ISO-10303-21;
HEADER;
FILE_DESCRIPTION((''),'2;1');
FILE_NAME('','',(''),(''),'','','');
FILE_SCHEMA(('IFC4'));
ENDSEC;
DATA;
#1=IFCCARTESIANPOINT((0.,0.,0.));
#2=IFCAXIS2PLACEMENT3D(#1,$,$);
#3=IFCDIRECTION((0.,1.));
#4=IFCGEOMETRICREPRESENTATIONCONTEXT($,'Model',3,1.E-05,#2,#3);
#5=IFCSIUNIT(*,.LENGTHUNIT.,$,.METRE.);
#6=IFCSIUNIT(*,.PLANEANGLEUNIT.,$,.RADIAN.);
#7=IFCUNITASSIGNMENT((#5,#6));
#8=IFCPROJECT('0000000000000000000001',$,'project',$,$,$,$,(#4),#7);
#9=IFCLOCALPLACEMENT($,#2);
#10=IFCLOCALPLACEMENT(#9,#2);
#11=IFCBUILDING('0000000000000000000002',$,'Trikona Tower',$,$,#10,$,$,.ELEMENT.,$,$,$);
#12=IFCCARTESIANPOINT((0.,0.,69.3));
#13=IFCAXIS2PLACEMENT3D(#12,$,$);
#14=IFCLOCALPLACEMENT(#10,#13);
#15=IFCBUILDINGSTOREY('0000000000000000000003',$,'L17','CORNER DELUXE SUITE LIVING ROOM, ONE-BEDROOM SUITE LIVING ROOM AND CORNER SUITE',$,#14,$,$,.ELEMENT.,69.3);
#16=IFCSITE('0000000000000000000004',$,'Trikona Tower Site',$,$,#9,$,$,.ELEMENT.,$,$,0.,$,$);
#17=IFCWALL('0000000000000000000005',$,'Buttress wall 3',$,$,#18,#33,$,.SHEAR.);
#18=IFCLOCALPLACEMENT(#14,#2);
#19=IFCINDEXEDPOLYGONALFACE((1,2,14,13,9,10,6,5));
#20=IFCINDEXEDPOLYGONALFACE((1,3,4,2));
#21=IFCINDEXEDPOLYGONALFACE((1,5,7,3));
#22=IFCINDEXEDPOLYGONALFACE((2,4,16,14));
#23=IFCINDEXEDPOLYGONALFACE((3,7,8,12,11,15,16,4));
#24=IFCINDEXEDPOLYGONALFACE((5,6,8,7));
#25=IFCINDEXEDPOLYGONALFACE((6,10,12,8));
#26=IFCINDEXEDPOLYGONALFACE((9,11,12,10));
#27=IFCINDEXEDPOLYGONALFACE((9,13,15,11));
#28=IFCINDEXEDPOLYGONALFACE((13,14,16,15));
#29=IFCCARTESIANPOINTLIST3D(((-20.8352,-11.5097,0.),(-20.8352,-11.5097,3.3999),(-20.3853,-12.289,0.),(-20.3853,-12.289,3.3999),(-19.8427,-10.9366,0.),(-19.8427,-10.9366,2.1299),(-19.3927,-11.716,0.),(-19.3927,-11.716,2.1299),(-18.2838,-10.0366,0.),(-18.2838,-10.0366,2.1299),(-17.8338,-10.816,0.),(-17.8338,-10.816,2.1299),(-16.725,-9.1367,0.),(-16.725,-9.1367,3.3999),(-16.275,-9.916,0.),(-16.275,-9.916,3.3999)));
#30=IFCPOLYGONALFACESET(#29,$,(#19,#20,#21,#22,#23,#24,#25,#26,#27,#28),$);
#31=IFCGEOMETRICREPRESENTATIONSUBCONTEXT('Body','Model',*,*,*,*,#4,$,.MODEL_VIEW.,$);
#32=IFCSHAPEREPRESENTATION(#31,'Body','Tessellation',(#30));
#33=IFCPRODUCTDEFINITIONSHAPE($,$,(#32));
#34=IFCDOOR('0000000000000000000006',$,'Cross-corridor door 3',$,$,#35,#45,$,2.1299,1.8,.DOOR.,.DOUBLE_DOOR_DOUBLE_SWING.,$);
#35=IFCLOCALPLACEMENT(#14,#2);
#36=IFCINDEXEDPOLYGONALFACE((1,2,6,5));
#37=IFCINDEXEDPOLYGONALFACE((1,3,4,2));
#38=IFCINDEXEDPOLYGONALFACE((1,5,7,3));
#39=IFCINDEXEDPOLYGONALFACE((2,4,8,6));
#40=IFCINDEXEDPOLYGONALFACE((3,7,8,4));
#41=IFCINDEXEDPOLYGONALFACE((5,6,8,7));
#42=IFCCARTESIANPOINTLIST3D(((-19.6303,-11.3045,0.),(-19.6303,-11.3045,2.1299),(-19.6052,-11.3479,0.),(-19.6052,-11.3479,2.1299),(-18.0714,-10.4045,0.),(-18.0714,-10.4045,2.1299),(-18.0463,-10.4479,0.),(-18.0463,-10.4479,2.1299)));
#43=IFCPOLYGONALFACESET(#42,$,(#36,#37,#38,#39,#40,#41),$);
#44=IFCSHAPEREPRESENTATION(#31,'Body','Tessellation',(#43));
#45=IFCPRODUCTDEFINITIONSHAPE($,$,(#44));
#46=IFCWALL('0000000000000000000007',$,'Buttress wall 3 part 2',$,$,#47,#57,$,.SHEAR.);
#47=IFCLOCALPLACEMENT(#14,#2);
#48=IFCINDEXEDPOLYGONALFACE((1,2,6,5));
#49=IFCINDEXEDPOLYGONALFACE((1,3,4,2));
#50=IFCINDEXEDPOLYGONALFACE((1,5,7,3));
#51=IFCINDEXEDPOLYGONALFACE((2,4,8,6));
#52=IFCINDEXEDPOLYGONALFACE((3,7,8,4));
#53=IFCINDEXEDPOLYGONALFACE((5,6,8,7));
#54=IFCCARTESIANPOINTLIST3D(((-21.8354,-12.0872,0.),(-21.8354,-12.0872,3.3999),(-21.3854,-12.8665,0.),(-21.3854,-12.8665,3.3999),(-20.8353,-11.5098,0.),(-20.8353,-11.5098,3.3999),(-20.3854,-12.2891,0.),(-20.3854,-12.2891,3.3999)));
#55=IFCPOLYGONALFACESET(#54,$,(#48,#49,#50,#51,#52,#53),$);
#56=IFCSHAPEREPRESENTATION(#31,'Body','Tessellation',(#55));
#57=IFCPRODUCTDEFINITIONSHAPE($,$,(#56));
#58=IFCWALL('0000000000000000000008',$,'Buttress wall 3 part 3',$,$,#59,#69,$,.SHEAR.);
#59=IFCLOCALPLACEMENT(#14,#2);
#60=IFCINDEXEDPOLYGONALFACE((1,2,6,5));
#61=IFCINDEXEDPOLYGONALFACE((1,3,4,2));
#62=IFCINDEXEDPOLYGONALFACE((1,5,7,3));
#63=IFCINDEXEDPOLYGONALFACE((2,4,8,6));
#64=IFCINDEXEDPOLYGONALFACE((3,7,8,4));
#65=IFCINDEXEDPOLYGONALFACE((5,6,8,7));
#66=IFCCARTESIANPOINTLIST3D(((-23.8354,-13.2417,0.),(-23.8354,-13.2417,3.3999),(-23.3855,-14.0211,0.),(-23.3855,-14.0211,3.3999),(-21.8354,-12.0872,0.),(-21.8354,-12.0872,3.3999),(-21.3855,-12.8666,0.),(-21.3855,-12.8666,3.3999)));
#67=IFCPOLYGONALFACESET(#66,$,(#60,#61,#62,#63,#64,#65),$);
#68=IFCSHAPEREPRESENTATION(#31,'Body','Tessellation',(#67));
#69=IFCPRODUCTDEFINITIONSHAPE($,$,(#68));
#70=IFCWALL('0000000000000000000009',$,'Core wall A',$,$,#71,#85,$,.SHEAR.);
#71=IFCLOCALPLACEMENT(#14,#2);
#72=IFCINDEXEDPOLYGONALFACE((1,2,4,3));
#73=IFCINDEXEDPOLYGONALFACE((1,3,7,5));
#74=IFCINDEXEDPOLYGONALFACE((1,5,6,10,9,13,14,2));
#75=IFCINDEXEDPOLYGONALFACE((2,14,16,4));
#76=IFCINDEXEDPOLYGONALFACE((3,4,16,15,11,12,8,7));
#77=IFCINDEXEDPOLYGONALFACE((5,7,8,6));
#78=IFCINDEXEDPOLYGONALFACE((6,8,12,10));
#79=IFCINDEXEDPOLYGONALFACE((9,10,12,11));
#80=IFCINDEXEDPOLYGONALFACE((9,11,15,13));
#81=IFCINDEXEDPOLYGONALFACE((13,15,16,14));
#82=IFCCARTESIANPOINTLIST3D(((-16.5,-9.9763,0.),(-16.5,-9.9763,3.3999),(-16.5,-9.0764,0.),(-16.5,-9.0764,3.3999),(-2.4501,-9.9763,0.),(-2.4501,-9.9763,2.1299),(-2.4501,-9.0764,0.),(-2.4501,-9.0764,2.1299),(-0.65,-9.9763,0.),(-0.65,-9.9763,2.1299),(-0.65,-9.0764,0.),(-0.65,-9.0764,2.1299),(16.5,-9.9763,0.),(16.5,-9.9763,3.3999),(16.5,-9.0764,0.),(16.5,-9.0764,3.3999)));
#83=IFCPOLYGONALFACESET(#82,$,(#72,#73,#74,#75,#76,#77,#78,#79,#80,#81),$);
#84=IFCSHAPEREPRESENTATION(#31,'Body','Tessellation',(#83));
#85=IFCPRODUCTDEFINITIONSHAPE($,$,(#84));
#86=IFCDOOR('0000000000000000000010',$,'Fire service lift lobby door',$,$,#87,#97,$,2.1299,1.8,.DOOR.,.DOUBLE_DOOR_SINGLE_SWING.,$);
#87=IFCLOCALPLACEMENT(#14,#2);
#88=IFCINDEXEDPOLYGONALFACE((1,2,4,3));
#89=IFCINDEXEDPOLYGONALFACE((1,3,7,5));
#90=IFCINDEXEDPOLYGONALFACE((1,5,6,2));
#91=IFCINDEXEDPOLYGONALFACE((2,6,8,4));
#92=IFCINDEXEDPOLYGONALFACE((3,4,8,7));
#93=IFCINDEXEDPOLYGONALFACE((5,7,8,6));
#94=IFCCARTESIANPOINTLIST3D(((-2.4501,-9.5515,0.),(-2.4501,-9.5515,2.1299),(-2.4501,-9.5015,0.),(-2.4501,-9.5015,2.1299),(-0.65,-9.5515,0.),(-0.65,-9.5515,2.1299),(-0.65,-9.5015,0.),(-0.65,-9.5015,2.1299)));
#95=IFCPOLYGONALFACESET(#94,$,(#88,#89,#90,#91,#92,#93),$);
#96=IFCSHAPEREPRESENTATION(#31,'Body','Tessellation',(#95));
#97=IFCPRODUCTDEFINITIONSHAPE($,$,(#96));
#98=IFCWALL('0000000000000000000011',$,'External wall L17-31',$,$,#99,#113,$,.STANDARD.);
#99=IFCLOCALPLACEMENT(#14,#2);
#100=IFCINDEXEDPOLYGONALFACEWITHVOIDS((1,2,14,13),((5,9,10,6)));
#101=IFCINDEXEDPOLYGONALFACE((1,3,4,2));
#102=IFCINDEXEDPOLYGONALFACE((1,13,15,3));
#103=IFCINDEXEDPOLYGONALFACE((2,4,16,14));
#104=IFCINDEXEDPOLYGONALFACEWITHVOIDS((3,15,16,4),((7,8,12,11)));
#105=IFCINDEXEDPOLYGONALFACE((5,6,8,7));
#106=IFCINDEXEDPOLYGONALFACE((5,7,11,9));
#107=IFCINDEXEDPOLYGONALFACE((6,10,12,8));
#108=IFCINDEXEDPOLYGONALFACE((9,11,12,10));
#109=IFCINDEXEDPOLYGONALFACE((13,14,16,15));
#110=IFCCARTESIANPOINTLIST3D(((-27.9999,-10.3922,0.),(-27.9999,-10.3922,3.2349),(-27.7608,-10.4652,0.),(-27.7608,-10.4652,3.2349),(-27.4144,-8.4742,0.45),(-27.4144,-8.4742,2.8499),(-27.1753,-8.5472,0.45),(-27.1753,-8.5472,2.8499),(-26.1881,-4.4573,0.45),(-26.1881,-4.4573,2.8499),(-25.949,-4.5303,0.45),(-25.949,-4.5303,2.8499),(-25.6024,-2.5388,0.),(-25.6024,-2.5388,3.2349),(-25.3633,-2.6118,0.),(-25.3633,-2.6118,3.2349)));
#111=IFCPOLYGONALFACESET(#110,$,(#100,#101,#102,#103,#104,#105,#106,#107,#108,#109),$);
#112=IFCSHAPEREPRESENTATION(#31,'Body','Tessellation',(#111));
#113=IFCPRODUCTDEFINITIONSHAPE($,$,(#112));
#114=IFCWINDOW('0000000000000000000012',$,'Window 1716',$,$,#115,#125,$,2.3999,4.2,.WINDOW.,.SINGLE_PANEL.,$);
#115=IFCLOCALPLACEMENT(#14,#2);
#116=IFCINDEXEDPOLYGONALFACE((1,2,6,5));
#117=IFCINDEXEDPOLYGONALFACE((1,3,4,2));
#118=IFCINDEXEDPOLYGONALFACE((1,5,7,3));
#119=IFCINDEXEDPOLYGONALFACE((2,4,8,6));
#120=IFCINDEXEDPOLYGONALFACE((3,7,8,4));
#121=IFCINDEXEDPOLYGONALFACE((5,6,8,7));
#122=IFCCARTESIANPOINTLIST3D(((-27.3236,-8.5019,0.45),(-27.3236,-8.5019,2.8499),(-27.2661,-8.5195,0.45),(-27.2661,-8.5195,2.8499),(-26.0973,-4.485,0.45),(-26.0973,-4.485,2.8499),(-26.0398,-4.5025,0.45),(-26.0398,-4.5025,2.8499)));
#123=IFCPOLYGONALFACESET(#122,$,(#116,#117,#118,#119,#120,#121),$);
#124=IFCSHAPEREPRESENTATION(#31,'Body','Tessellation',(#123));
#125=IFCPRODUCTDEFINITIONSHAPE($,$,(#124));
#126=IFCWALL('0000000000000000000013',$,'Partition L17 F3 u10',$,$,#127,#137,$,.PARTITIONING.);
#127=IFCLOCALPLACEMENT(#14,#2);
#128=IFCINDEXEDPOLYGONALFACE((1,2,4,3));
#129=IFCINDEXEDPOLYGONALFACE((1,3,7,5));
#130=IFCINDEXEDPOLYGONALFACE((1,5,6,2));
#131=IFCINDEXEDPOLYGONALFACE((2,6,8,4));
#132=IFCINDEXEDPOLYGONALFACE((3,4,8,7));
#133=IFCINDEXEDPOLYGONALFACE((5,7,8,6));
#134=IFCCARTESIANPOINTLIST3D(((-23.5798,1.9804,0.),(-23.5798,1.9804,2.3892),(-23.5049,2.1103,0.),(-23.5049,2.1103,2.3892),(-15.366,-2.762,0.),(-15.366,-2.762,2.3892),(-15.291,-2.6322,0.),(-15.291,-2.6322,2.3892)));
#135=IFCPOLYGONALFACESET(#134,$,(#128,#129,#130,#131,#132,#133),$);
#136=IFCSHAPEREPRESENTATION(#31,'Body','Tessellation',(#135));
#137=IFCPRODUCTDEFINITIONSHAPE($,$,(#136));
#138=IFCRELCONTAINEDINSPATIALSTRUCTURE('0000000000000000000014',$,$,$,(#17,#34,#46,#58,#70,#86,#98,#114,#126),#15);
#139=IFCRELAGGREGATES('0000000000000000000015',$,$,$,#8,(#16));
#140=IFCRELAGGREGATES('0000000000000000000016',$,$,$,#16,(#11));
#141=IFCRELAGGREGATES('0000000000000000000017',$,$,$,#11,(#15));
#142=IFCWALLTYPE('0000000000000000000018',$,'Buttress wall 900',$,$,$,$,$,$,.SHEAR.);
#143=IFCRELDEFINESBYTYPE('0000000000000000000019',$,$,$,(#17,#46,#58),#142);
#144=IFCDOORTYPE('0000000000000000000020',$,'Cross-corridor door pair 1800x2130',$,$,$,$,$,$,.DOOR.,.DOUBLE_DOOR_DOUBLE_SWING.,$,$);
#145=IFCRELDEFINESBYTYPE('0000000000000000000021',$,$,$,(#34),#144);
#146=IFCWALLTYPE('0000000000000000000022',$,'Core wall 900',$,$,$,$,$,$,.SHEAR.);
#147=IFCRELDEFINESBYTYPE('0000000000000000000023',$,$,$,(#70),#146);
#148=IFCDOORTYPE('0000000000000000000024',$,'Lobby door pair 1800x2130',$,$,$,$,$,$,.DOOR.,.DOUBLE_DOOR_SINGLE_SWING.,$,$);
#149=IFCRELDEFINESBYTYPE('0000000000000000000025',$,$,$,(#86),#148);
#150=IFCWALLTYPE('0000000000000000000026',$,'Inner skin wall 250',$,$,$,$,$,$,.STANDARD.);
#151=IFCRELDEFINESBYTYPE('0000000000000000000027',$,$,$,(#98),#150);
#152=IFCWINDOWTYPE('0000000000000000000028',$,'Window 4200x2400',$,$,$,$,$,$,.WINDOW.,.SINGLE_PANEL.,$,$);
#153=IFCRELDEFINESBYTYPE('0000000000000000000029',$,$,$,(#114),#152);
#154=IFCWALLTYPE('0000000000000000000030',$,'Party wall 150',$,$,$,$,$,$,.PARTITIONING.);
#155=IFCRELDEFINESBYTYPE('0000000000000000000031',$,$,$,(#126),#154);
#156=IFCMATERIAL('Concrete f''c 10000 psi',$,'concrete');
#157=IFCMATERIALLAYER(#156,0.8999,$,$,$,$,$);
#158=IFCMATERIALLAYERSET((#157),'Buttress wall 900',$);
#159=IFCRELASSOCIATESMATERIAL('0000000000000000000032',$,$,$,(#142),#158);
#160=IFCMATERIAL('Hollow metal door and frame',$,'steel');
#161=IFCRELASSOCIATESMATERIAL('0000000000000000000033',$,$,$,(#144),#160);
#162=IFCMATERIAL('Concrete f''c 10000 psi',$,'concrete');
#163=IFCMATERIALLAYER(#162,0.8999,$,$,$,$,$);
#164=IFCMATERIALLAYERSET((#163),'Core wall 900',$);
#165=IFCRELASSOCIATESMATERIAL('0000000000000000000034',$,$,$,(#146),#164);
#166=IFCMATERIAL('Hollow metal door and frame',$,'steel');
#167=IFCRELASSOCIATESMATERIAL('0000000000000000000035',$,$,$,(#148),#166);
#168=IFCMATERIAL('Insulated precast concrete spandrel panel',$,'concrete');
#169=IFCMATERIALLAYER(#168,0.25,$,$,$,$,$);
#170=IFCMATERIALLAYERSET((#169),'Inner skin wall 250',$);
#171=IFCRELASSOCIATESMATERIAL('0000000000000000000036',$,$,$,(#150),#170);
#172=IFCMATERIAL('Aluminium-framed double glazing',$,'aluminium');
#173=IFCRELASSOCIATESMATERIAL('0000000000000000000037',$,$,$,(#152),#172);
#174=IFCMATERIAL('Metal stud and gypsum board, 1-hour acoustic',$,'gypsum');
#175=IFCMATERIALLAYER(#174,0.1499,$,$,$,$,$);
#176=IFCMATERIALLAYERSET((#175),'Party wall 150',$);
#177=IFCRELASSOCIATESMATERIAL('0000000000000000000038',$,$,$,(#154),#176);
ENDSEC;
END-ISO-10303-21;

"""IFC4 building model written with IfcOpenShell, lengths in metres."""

from ifc_helpers import new_model, si_unit, direction, frame, frame_2d, origin, place, context, subcontext, project, spatial, rectangle, extrude, material, layer, layer_set, type_object, element, fill, save


model = new_model("IFC4")

# Units and contexts
model_context = context("Model", 3, precision=1e-05, world=origin(), true_north=direction((0.0, 1.0)))
body_context = subcontext(model_context, "Body", "Model", "MODEL_VIEW")
ifc_project = project(units=[si_unit("LENGTHUNIT", "METRE"), si_unit("PLANEANGLEUNIT", "RADIAN")], contexts=[model_context])

# Site, building, storey
site_placement = place(None, origin())
site = spatial("IfcSite", under=ifc_project, at=site_placement, Name="Trikona Tower Site", CompositionType="ELEMENT", RefElevation=0.0)
building_placement = place(site_placement, origin())
building = spatial("IfcBuilding", under=site, at=building_placement, Name="Trikona Tower", CompositionType="ELEMENT")
storey_placement = place(building_placement, frame((0.0, 0.0, 69.3)))
storey = spatial("IfcBuildingStorey", under=building, at=storey_placement, Name="L17", Description="CORNER DELUXE SUITE LIVING ROOM, ONE-BEDROOM SUITE LIVING ROOM AND CORNER SUITE", CompositionType="ELEMENT", Elevation=69.3)

# Wall, opening, door
ifc_material_1 = material(Name="Concrete f'c 10000 psi", Category="concrete")
ifc_layer_1 = layer(ifc_material_1, 0.8999)
ifc_layer_set_1 = layer_set([ifc_layer_1], Name="Buttress wall 900")
wall_type_1 = type_object("IfcWallType", Name="Buttress wall 900", PredefinedType="SHEAR", material=ifc_layer_set_1)
wall_1_placement = place(storey_placement, frame((-16.5, -9.5264, 0.0), z_axis=(0.0, 0.0, 1.0), x_axis=(-0.866031, -0.49999, 0.0)))
wall_1 = element("IfcWall", 1, at=wall_1_placement, inside=storey, type_object=wall_type_1, Name="Buttress wall 3", PredefinedType="SHEAR", context=body_context, shape_type="SweptSolid", body=[
    extrude(rectangle(XDim=4.7461, YDim=0.8999, at=frame_2d((2.373, 0.0))), origin(), (0.0, 0.0, 1.0), 3.3999),
])
opening_1_placement = place(wall_1_placement, frame((1.8, 0.0, 0.0)))
opening_1 = element("IfcOpeningElement", 2, at=opening_1_placement, cuts=wall_1, PredefinedType="OPENING", context=body_context, shape_type="SweptSolid", body=[
    extrude(rectangle(XDim=1.8, YDim=2.1299, at=frame_2d((0.8999, 1.0649))), frame((0.0, 0.46, 0.0), z_axis=(0.0, -1.0, 0.0), x_axis=(1.0, 0.0, 0.0)), (0.0, 0.0, 1.0), 0.9199),
])
ifc_material_2 = material(Name="Hollow metal door and frame", Category="steel")
door_type_1 = type_object("IfcDoorType", Name="Cross-corridor door pair 1800x2130", OperationType="DOUBLE_DOOR_DOUBLE_SWING", PredefinedType="DOOR", material=ifc_material_2)
door_1_placement = place(opening_1_placement, origin())
door_1 = element("IfcDoor", 3, at=door_1_placement, inside=storey, type_object=door_type_1, Name="Cross-corridor door 3", OperationType="DOUBLE_DOOR_DOUBLE_SWING", OverallHeight=2.1299, OverallWidth=1.8, PredefinedType="DOOR", context=body_context, shape_type="SweptSolid", body=[
    extrude(rectangle(XDim=1.8, YDim=2.1299, at=frame_2d((0.8999, 1.0649))), frame((0.0, 0.0249, 0.0), z_axis=(0.0, -1.0, 0.0), x_axis=(1.0, 0.0, 0.0)), (0.0, 0.0, 1.0), 0.05),
])
fill(opening_1, door_1)

# Walls
wall_2_placement = place(storey_placement, frame((-20.6104, -11.8994, 0.0), z_axis=(0.0, 0.0, 1.0), x_axis=(-0.86601, -0.500027, 0.0)))
element("IfcWall", 4, at=wall_2_placement, inside=storey, type_object=wall_type_1, Name="Buttress wall 3 part 2", PredefinedType="SHEAR", context=body_context, shape_type="SweptSolid", body=[
    extrude(rectangle(XDim=1.1548, YDim=0.8999, at=frame_2d((0.5774, 0.0))), origin(), (0.0, 0.0, 1.0), 3.3999),
])
wall_3_placement = place(storey_placement, frame((-21.6104, -12.4768, 0.0), z_axis=(0.0, 0.0, 1.0), x_axis=(-0.866055, -0.499948, 0.0)))
element("IfcWall", 5, at=wall_3_placement, inside=storey, type_object=wall_type_1, Name="Buttress wall 3 part 3", PredefinedType="SHEAR", context=body_context, shape_type="SweptSolid", body=[
    extrude(rectangle(XDim=2.3093, YDim=0.8999, at=frame_2d((1.1548, 0.0))), origin(), (0.0, 0.0, 1.0), 3.3999),
])

# Wall, opening, door
ifc_material_3 = material(Name="Concrete f'c 10000 psi", Category="concrete")
ifc_layer_2 = layer(ifc_material_3, 0.8999)
ifc_layer_set_2 = layer_set([ifc_layer_2], Name="Core wall 900")
wall_type_2 = type_object("IfcWallType", Name="Core wall 900", PredefinedType="SHEAR", material=ifc_layer_set_2)
wall_4_placement = place(storey_placement, frame((-16.5, -9.5264, 0.0), z_axis=(0.0, 0.0, 1.0), x_axis=(1.0, 0.0, 0.0)))
wall_4 = element("IfcWall", 6, at=wall_4_placement, inside=storey, type_object=wall_type_2, Name="Core wall A", PredefinedType="SHEAR", context=body_context, shape_type="SweptSolid", body=[
    extrude(rectangle(XDim=33.0, YDim=0.8999, at=frame_2d((16.5, 0.0))), origin(), (0.0, 0.0, 1.0), 3.3999),
])
opening_2_placement = place(wall_4_placement, frame((14.05, 0.0, 0.0)))
opening_2 = element("IfcOpeningElement", 7, at=opening_2_placement, cuts=wall_4, PredefinedType="OPENING", context=body_context, shape_type="SweptSolid", body=[
    extrude(rectangle(XDim=1.8, YDim=2.1299, at=frame_2d((0.8999, 1.0649))), frame((0.0, 0.46, 0.0), z_axis=(0.0, -1.0, 0.0), x_axis=(1.0, 0.0, 0.0)), (0.0, 0.0, 1.0), 0.9199),
])
ifc_material_4 = material(Name="Hollow metal door and frame", Category="steel")
door_type_2 = type_object("IfcDoorType", Name="Lobby door pair 1800x2130", OperationType="DOUBLE_DOOR_SINGLE_SWING", PredefinedType="DOOR", material=ifc_material_4)
door_2_placement = place(opening_2_placement, origin())
door_2 = element("IfcDoor", 8, at=door_2_placement, inside=storey, type_object=door_type_2, Name="Fire service lift lobby door", OperationType="DOUBLE_DOOR_SINGLE_SWING", OverallHeight=2.1299, OverallWidth=1.8, PredefinedType="DOOR", context=body_context, shape_type="SweptSolid", body=[
    extrude(rectangle(XDim=1.8, YDim=2.1299, at=frame_2d((0.8999, 1.0649))), frame((0.0, 0.0249, 0.0), z_axis=(0.0, -1.0, 0.0), x_axis=(1.0, 0.0, 0.0)), (0.0, 0.0, 1.0), 0.05),
])
fill(opening_2, door_2)

# Wall, opening, window
ifc_material_5 = material(Name="Insulated precast concrete spandrel panel", Category="concrete")
ifc_layer_3 = layer(ifc_material_5, 0.25)
ifc_layer_set_3 = layer_set([ifc_layer_3], Name="Inner skin wall 250")
wall_type_3 = type_object("IfcWallType", Name="Inner skin wall 250", PredefinedType="STANDARD", material=ifc_layer_set_3)
wall_5_placement = place(storey_placement, frame((-25.4829, -2.5754, 0.0), z_axis=(0.0, 0.0, 1.0), x_axis=(-0.291979, -0.956425, 0.0)))
wall_5 = element("IfcWall", 9, at=wall_5_placement, inside=storey, type_object=wall_type_3, Name="External wall L17-31", PredefinedType="STANDARD", context=body_context, shape_type="SweptSolid", body=[
    extrude(rectangle(XDim=8.2112, YDim=0.25, at=frame_2d((4.1055, 0.0))), origin(), (0.0, 0.0, 1.0), 3.2349),
])
opening_3_placement = place(wall_5_placement, frame((2.0056, 0.0, 0.45)))
opening_3 = element("IfcOpeningElement", 10, at=opening_3_placement, cuts=wall_5, PredefinedType="OPENING", context=body_context, shape_type="SweptSolid", body=[
    extrude(rectangle(XDim=4.2, YDim=2.3999, at=frame_2d((2.1001, 1.2))), frame((0.0, 0.135, 0.0), z_axis=(0.0, -1.0, 0.0), x_axis=(1.0, 0.0, 0.0)), (0.0, 0.0, 1.0), 0.27),
])
ifc_material_6 = material(Name="Aluminium-framed double glazing", Category="aluminium")
window_type_1 = type_object("IfcWindowType", Name="Window 4200x2400", PartitioningType="SINGLE_PANEL", PredefinedType="WINDOW", material=ifc_material_6)
window_1_placement = place(opening_3_placement, origin())
window_1 = element("IfcWindow", 11, at=window_1_placement, inside=storey, type_object=window_type_1, Name="Window 1716", OverallHeight=2.3999, OverallWidth=4.2, PartitioningType="SINGLE_PANEL", PredefinedType="WINDOW", context=body_context, shape_type="SweptSolid", body=[
    extrude(rectangle(XDim=4.2, YDim=2.3999, at=frame_2d((2.1001, 1.2))), frame((0.0, 0.03, 0.0), z_axis=(0.0, -1.0, 0.0), x_axis=(1.0, 0.0, 0.0)), (0.0, 0.0, 1.0), 0.0601),
])
fill(opening_3, window_1)

# Wall
ifc_material_7 = material(Name="Metal stud and gypsum board, 1-hour acoustic", Category="gypsum")
ifc_layer_4 = layer(ifc_material_7, 0.1499)
ifc_layer_set_4 = layer_set([ifc_layer_4], Name="Party wall 150")
wall_type_4 = type_object("IfcWallType", Name="Party wall 150", PredefinedType="PARTITIONING", material=ifc_layer_set_4)
wall_6_placement = place(storey_placement, frame((-15.3286, -2.697, 0.0), z_axis=(0.0, 0.0, 1.0), x_axis=(-0.866018, 0.500012, 0.0)))
element("IfcWall", 12, at=wall_6_placement, inside=storey, type_object=wall_type_4, Name="Partition L17 F3 u10", PredefinedType="PARTITIONING", context=body_context, shape_type="SweptSolid", body=[
    extrude(rectangle(XDim=9.4846, YDim=0.1499, at=frame_2d((4.7422, 0.0))), origin(), (0.0, 0.0, 1.0), 2.3892),
])

save(model, "model.ifc")
